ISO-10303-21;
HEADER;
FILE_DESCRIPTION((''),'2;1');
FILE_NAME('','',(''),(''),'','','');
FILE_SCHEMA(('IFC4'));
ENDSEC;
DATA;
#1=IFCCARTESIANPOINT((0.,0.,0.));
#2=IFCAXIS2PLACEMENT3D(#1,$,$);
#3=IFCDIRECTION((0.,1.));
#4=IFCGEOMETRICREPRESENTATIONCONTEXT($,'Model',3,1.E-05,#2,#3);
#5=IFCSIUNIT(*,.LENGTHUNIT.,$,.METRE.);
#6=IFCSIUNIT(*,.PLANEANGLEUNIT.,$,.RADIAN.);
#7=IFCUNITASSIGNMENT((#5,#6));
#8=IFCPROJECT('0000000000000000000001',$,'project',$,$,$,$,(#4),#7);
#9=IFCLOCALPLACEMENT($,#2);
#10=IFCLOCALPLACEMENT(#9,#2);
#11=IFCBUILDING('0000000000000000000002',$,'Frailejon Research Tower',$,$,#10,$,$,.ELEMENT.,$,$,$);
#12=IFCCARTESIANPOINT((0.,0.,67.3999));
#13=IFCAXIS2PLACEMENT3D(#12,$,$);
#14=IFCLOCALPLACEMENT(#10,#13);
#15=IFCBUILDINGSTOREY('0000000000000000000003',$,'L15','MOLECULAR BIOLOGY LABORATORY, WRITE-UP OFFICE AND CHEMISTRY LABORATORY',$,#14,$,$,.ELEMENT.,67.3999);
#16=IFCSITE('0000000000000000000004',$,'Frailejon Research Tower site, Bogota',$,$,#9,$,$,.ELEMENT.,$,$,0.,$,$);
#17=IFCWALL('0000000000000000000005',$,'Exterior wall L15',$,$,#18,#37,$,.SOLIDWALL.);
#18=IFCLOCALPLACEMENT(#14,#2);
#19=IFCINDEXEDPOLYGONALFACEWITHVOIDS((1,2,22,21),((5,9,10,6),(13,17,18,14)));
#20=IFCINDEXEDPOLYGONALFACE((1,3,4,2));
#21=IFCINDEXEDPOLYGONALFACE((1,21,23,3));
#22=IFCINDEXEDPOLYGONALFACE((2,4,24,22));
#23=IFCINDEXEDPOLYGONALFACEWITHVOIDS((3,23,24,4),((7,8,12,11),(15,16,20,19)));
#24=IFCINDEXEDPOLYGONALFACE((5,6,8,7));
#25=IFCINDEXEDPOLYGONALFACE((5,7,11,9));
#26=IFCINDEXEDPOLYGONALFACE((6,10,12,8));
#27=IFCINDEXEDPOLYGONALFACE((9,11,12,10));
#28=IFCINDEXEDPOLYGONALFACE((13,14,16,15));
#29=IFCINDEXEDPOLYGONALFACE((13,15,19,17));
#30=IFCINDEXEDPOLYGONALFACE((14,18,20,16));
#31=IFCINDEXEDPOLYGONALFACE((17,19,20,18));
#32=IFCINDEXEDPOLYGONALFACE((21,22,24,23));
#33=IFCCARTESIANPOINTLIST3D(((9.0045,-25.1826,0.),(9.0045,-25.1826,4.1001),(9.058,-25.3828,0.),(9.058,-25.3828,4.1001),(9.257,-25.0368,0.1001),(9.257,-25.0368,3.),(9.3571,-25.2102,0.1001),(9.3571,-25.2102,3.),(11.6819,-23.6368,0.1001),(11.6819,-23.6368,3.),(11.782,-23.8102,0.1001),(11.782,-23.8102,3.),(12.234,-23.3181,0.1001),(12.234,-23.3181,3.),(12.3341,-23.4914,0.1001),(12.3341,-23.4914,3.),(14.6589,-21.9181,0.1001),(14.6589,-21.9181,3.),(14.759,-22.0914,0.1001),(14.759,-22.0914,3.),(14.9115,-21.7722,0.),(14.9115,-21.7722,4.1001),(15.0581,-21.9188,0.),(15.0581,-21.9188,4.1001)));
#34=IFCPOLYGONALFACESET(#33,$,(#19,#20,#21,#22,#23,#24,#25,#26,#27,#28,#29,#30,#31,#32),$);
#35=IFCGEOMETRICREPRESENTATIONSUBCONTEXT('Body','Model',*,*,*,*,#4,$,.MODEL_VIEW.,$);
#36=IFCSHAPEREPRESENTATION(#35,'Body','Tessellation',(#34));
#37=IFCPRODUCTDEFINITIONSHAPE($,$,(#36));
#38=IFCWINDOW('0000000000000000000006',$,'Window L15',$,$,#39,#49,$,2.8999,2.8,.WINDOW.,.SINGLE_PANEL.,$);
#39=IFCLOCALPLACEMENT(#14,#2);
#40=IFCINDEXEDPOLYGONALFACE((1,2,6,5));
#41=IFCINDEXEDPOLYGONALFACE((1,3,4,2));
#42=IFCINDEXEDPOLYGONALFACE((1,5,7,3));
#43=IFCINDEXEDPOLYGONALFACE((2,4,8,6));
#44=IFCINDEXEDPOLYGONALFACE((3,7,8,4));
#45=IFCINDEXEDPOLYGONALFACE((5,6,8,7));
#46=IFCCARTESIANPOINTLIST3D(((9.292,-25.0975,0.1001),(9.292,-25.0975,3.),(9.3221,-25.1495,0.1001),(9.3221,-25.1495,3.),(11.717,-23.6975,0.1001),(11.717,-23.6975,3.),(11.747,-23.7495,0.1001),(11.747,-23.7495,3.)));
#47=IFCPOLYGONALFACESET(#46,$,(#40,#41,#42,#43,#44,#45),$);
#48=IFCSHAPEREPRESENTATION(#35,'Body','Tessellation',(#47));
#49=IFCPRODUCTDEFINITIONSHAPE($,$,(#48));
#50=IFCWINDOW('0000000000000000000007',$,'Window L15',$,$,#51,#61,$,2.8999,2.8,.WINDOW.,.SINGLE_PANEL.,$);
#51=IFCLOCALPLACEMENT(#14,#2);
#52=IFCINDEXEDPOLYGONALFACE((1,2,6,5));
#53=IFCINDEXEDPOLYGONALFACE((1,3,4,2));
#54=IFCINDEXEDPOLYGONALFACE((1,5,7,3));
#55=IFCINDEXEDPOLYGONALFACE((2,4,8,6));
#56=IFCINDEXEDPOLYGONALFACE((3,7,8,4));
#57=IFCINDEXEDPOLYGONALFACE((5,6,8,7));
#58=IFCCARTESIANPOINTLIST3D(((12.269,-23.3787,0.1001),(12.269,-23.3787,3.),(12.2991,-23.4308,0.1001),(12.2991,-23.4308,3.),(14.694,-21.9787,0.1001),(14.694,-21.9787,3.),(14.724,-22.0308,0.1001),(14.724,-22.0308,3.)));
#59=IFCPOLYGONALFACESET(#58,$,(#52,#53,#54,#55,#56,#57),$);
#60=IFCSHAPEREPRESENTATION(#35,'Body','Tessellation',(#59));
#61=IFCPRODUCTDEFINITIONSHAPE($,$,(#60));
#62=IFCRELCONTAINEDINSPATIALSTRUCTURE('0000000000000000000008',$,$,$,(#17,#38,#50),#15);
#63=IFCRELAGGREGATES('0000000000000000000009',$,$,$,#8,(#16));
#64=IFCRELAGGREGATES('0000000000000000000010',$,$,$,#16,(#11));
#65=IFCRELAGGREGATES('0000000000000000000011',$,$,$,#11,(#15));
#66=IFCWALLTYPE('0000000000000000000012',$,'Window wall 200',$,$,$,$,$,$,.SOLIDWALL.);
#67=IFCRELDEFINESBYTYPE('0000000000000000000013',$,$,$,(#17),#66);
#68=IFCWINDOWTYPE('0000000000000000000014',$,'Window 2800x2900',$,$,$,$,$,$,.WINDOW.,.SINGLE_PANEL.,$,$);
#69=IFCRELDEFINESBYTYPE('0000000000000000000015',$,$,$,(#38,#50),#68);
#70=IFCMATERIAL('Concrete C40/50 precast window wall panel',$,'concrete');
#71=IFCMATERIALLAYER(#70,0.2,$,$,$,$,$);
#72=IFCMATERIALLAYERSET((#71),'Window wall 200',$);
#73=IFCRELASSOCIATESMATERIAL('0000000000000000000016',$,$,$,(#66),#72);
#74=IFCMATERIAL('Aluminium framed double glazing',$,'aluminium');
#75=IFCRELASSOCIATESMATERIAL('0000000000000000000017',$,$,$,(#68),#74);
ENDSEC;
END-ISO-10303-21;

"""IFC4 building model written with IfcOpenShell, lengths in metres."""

from ifc_helpers import new_model, si_unit, direction, frame, frame_2d, origin, place, context, subcontext, project, spatial, polyline, rectangle, outline, extrude, material, layer, layer_set, type_object, element, fill, save


model = new_model("IFC4")

# Units and contexts
model_context = context("Model", 3, precision=1e-05, world=origin(), true_north=direction((0.0, 1.0)))
body_context = subcontext(model_context, "Body", "Model", "MODEL_VIEW")
ifc_project = project(units=[si_unit("LENGTHUNIT", "METRE"), si_unit("PLANEANGLEUNIT", "RADIAN")], contexts=[model_context])

# Site, building, storey
site_placement = place(None, origin())
site = spatial("IfcSite", under=ifc_project, at=site_placement, Name="Frailejon Research Tower site, Bogota", CompositionType="ELEMENT", RefElevation=0.0)
building_placement = place(site_placement, origin())
building = spatial("IfcBuilding", under=site, at=building_placement, Name="Frailejon Research Tower", CompositionType="ELEMENT")
storey_placement = place(building_placement, frame((0.0, 0.0, 67.3999)))
storey = spatial("IfcBuildingStorey", under=building, at=storey_placement, Name="L15", Description="MOLECULAR BIOLOGY LABORATORY, WRITE-UP OFFICE AND CHEMISTRY LABORATORY", CompositionType="ELEMENT", Elevation=67.3999)

# Wall, openings, windows
ifc_material_1 = material(Name="Concrete C40/50 precast window wall panel", Category="concrete")
ifc_layer_1 = layer(ifc_material_1, 0.2)
ifc_layer_set_1 = layer_set([ifc_layer_1], Name="Window wall 200")
wall_type_1 = type_object("IfcWallType", Name="Window wall 200", PredefinedType="SOLIDWALL", material=ifc_layer_set_1)
wall_1_placement = place(storey_placement, frame((9.0312, -25.2827, 0.0), z_axis=(0.0, 0.0, 1.0), x_axis=(0.866029, 0.499993, 0.0)))
wall_1 = element("IfcWall", 1, at=wall_1_placement, inside=storey, type_object=wall_type_1, Name="Exterior wall L15", PredefinedType="SOLIDWALL", context=body_context, shape_type="SweptSolid", body=[
    extrude(outline(polyline([(-0.0269, -0.1001), (1.1279, -0.1001), (2.2825, -0.1001), (3.4373, -0.1001), (4.592, -0.1001), (5.7466, -0.1001), (6.9014, -0.1001), (6.8477, 0.1001), (5.7109, 0.1001), (4.574, 0.1001), (3.4373, 0.1001), (2.3005, 0.1001), (1.1636, 0.1001), (0.0269, 0.1001), (-0.0269, -0.1001)])), origin(), (0.0, 0.0, 1.0), 4.1001),
])
opening_1_placement = place(wall_1_placement, frame((0.3186, 0.0, 0.1001)))
opening_1 = element("IfcOpeningElement", 2, at=opening_1_placement, cuts=wall_1, PredefinedType="OPENING", context=body_context, shape_type="SweptSolid", body=[
    extrude(rectangle(XDim=2.8, YDim=2.8999, at=frame_2d((1.3999, 1.45))), frame((0.0, 0.1099, 0.0), z_axis=(0.0, -1.0, 0.0), x_axis=(1.0, 0.0, 0.0)), (0.0, 0.0, 1.0), 0.22),
])
opening_2_placement = place(wall_1_placement, frame((3.7561, 0.0, 0.1001)))
opening_2 = element("IfcOpeningElement", 3, at=opening_2_placement, cuts=wall_1, PredefinedType="OPENING", context=body_context, shape_type="SweptSolid", body=[
    extrude(rectangle(XDim=2.8, YDim=2.8999, at=frame_2d((1.3999, 1.45))), frame((0.0, 0.1099, 0.0), z_axis=(0.0, -1.0, 0.0), x_axis=(1.0, 0.0, 0.0)), (0.0, 0.0, 1.0), 0.22),
])
ifc_material_2 = material(Name="Aluminium framed double glazing", Category="aluminium")
window_type = type_object("IfcWindowType", Name="Window 2800x2900", PartitioningType="SINGLE_PANEL", PredefinedType="WINDOW", material=ifc_material_2)
window_1_placement = place(opening_1_placement, origin())
window_1 = element("IfcWindow", 4, at=window_1_placement, inside=storey, type_object=window_type, Name="Window L15", OverallHeight=2.8999, OverallWidth=2.8, PartitioningType="SINGLE_PANEL", PredefinedType="WINDOW", context=body_context, shape_type="SweptSolid", body=[
    extrude(rectangle(XDim=2.8, YDim=2.8999, at=frame_2d((1.3999, 1.45))), frame((0.0, 0.03, 0.0), z_axis=(0.0, -1.0, 0.0), x_axis=(1.0, 0.0, 0.0)), (0.0, 0.0, 1.0), 0.0601),
])
fill(opening_1, window_1)
window_2_placement = place(opening_2_placement, origin())
window_2 = element("IfcWindow", 5, at=window_2_placement, inside=storey, type_object=window_type, Name="Window L15", OverallHeight=2.8999, OverallWidth=2.8, PartitioningType="SINGLE_PANEL", PredefinedType="WINDOW", context=body_context, shape_type="SweptSolid", body=[
    extrude(rectangle(XDim=2.8, YDim=2.8999, at=frame_2d((1.3999, 1.45))), frame((0.0, 0.03, 0.0), z_axis=(0.0, -1.0, 0.0), x_axis=(1.0, 0.0, 0.0)), (0.0, 0.0, 1.0), 0.0601),
])
fill(opening_2, window_2)

save(model, "model.ifc")
